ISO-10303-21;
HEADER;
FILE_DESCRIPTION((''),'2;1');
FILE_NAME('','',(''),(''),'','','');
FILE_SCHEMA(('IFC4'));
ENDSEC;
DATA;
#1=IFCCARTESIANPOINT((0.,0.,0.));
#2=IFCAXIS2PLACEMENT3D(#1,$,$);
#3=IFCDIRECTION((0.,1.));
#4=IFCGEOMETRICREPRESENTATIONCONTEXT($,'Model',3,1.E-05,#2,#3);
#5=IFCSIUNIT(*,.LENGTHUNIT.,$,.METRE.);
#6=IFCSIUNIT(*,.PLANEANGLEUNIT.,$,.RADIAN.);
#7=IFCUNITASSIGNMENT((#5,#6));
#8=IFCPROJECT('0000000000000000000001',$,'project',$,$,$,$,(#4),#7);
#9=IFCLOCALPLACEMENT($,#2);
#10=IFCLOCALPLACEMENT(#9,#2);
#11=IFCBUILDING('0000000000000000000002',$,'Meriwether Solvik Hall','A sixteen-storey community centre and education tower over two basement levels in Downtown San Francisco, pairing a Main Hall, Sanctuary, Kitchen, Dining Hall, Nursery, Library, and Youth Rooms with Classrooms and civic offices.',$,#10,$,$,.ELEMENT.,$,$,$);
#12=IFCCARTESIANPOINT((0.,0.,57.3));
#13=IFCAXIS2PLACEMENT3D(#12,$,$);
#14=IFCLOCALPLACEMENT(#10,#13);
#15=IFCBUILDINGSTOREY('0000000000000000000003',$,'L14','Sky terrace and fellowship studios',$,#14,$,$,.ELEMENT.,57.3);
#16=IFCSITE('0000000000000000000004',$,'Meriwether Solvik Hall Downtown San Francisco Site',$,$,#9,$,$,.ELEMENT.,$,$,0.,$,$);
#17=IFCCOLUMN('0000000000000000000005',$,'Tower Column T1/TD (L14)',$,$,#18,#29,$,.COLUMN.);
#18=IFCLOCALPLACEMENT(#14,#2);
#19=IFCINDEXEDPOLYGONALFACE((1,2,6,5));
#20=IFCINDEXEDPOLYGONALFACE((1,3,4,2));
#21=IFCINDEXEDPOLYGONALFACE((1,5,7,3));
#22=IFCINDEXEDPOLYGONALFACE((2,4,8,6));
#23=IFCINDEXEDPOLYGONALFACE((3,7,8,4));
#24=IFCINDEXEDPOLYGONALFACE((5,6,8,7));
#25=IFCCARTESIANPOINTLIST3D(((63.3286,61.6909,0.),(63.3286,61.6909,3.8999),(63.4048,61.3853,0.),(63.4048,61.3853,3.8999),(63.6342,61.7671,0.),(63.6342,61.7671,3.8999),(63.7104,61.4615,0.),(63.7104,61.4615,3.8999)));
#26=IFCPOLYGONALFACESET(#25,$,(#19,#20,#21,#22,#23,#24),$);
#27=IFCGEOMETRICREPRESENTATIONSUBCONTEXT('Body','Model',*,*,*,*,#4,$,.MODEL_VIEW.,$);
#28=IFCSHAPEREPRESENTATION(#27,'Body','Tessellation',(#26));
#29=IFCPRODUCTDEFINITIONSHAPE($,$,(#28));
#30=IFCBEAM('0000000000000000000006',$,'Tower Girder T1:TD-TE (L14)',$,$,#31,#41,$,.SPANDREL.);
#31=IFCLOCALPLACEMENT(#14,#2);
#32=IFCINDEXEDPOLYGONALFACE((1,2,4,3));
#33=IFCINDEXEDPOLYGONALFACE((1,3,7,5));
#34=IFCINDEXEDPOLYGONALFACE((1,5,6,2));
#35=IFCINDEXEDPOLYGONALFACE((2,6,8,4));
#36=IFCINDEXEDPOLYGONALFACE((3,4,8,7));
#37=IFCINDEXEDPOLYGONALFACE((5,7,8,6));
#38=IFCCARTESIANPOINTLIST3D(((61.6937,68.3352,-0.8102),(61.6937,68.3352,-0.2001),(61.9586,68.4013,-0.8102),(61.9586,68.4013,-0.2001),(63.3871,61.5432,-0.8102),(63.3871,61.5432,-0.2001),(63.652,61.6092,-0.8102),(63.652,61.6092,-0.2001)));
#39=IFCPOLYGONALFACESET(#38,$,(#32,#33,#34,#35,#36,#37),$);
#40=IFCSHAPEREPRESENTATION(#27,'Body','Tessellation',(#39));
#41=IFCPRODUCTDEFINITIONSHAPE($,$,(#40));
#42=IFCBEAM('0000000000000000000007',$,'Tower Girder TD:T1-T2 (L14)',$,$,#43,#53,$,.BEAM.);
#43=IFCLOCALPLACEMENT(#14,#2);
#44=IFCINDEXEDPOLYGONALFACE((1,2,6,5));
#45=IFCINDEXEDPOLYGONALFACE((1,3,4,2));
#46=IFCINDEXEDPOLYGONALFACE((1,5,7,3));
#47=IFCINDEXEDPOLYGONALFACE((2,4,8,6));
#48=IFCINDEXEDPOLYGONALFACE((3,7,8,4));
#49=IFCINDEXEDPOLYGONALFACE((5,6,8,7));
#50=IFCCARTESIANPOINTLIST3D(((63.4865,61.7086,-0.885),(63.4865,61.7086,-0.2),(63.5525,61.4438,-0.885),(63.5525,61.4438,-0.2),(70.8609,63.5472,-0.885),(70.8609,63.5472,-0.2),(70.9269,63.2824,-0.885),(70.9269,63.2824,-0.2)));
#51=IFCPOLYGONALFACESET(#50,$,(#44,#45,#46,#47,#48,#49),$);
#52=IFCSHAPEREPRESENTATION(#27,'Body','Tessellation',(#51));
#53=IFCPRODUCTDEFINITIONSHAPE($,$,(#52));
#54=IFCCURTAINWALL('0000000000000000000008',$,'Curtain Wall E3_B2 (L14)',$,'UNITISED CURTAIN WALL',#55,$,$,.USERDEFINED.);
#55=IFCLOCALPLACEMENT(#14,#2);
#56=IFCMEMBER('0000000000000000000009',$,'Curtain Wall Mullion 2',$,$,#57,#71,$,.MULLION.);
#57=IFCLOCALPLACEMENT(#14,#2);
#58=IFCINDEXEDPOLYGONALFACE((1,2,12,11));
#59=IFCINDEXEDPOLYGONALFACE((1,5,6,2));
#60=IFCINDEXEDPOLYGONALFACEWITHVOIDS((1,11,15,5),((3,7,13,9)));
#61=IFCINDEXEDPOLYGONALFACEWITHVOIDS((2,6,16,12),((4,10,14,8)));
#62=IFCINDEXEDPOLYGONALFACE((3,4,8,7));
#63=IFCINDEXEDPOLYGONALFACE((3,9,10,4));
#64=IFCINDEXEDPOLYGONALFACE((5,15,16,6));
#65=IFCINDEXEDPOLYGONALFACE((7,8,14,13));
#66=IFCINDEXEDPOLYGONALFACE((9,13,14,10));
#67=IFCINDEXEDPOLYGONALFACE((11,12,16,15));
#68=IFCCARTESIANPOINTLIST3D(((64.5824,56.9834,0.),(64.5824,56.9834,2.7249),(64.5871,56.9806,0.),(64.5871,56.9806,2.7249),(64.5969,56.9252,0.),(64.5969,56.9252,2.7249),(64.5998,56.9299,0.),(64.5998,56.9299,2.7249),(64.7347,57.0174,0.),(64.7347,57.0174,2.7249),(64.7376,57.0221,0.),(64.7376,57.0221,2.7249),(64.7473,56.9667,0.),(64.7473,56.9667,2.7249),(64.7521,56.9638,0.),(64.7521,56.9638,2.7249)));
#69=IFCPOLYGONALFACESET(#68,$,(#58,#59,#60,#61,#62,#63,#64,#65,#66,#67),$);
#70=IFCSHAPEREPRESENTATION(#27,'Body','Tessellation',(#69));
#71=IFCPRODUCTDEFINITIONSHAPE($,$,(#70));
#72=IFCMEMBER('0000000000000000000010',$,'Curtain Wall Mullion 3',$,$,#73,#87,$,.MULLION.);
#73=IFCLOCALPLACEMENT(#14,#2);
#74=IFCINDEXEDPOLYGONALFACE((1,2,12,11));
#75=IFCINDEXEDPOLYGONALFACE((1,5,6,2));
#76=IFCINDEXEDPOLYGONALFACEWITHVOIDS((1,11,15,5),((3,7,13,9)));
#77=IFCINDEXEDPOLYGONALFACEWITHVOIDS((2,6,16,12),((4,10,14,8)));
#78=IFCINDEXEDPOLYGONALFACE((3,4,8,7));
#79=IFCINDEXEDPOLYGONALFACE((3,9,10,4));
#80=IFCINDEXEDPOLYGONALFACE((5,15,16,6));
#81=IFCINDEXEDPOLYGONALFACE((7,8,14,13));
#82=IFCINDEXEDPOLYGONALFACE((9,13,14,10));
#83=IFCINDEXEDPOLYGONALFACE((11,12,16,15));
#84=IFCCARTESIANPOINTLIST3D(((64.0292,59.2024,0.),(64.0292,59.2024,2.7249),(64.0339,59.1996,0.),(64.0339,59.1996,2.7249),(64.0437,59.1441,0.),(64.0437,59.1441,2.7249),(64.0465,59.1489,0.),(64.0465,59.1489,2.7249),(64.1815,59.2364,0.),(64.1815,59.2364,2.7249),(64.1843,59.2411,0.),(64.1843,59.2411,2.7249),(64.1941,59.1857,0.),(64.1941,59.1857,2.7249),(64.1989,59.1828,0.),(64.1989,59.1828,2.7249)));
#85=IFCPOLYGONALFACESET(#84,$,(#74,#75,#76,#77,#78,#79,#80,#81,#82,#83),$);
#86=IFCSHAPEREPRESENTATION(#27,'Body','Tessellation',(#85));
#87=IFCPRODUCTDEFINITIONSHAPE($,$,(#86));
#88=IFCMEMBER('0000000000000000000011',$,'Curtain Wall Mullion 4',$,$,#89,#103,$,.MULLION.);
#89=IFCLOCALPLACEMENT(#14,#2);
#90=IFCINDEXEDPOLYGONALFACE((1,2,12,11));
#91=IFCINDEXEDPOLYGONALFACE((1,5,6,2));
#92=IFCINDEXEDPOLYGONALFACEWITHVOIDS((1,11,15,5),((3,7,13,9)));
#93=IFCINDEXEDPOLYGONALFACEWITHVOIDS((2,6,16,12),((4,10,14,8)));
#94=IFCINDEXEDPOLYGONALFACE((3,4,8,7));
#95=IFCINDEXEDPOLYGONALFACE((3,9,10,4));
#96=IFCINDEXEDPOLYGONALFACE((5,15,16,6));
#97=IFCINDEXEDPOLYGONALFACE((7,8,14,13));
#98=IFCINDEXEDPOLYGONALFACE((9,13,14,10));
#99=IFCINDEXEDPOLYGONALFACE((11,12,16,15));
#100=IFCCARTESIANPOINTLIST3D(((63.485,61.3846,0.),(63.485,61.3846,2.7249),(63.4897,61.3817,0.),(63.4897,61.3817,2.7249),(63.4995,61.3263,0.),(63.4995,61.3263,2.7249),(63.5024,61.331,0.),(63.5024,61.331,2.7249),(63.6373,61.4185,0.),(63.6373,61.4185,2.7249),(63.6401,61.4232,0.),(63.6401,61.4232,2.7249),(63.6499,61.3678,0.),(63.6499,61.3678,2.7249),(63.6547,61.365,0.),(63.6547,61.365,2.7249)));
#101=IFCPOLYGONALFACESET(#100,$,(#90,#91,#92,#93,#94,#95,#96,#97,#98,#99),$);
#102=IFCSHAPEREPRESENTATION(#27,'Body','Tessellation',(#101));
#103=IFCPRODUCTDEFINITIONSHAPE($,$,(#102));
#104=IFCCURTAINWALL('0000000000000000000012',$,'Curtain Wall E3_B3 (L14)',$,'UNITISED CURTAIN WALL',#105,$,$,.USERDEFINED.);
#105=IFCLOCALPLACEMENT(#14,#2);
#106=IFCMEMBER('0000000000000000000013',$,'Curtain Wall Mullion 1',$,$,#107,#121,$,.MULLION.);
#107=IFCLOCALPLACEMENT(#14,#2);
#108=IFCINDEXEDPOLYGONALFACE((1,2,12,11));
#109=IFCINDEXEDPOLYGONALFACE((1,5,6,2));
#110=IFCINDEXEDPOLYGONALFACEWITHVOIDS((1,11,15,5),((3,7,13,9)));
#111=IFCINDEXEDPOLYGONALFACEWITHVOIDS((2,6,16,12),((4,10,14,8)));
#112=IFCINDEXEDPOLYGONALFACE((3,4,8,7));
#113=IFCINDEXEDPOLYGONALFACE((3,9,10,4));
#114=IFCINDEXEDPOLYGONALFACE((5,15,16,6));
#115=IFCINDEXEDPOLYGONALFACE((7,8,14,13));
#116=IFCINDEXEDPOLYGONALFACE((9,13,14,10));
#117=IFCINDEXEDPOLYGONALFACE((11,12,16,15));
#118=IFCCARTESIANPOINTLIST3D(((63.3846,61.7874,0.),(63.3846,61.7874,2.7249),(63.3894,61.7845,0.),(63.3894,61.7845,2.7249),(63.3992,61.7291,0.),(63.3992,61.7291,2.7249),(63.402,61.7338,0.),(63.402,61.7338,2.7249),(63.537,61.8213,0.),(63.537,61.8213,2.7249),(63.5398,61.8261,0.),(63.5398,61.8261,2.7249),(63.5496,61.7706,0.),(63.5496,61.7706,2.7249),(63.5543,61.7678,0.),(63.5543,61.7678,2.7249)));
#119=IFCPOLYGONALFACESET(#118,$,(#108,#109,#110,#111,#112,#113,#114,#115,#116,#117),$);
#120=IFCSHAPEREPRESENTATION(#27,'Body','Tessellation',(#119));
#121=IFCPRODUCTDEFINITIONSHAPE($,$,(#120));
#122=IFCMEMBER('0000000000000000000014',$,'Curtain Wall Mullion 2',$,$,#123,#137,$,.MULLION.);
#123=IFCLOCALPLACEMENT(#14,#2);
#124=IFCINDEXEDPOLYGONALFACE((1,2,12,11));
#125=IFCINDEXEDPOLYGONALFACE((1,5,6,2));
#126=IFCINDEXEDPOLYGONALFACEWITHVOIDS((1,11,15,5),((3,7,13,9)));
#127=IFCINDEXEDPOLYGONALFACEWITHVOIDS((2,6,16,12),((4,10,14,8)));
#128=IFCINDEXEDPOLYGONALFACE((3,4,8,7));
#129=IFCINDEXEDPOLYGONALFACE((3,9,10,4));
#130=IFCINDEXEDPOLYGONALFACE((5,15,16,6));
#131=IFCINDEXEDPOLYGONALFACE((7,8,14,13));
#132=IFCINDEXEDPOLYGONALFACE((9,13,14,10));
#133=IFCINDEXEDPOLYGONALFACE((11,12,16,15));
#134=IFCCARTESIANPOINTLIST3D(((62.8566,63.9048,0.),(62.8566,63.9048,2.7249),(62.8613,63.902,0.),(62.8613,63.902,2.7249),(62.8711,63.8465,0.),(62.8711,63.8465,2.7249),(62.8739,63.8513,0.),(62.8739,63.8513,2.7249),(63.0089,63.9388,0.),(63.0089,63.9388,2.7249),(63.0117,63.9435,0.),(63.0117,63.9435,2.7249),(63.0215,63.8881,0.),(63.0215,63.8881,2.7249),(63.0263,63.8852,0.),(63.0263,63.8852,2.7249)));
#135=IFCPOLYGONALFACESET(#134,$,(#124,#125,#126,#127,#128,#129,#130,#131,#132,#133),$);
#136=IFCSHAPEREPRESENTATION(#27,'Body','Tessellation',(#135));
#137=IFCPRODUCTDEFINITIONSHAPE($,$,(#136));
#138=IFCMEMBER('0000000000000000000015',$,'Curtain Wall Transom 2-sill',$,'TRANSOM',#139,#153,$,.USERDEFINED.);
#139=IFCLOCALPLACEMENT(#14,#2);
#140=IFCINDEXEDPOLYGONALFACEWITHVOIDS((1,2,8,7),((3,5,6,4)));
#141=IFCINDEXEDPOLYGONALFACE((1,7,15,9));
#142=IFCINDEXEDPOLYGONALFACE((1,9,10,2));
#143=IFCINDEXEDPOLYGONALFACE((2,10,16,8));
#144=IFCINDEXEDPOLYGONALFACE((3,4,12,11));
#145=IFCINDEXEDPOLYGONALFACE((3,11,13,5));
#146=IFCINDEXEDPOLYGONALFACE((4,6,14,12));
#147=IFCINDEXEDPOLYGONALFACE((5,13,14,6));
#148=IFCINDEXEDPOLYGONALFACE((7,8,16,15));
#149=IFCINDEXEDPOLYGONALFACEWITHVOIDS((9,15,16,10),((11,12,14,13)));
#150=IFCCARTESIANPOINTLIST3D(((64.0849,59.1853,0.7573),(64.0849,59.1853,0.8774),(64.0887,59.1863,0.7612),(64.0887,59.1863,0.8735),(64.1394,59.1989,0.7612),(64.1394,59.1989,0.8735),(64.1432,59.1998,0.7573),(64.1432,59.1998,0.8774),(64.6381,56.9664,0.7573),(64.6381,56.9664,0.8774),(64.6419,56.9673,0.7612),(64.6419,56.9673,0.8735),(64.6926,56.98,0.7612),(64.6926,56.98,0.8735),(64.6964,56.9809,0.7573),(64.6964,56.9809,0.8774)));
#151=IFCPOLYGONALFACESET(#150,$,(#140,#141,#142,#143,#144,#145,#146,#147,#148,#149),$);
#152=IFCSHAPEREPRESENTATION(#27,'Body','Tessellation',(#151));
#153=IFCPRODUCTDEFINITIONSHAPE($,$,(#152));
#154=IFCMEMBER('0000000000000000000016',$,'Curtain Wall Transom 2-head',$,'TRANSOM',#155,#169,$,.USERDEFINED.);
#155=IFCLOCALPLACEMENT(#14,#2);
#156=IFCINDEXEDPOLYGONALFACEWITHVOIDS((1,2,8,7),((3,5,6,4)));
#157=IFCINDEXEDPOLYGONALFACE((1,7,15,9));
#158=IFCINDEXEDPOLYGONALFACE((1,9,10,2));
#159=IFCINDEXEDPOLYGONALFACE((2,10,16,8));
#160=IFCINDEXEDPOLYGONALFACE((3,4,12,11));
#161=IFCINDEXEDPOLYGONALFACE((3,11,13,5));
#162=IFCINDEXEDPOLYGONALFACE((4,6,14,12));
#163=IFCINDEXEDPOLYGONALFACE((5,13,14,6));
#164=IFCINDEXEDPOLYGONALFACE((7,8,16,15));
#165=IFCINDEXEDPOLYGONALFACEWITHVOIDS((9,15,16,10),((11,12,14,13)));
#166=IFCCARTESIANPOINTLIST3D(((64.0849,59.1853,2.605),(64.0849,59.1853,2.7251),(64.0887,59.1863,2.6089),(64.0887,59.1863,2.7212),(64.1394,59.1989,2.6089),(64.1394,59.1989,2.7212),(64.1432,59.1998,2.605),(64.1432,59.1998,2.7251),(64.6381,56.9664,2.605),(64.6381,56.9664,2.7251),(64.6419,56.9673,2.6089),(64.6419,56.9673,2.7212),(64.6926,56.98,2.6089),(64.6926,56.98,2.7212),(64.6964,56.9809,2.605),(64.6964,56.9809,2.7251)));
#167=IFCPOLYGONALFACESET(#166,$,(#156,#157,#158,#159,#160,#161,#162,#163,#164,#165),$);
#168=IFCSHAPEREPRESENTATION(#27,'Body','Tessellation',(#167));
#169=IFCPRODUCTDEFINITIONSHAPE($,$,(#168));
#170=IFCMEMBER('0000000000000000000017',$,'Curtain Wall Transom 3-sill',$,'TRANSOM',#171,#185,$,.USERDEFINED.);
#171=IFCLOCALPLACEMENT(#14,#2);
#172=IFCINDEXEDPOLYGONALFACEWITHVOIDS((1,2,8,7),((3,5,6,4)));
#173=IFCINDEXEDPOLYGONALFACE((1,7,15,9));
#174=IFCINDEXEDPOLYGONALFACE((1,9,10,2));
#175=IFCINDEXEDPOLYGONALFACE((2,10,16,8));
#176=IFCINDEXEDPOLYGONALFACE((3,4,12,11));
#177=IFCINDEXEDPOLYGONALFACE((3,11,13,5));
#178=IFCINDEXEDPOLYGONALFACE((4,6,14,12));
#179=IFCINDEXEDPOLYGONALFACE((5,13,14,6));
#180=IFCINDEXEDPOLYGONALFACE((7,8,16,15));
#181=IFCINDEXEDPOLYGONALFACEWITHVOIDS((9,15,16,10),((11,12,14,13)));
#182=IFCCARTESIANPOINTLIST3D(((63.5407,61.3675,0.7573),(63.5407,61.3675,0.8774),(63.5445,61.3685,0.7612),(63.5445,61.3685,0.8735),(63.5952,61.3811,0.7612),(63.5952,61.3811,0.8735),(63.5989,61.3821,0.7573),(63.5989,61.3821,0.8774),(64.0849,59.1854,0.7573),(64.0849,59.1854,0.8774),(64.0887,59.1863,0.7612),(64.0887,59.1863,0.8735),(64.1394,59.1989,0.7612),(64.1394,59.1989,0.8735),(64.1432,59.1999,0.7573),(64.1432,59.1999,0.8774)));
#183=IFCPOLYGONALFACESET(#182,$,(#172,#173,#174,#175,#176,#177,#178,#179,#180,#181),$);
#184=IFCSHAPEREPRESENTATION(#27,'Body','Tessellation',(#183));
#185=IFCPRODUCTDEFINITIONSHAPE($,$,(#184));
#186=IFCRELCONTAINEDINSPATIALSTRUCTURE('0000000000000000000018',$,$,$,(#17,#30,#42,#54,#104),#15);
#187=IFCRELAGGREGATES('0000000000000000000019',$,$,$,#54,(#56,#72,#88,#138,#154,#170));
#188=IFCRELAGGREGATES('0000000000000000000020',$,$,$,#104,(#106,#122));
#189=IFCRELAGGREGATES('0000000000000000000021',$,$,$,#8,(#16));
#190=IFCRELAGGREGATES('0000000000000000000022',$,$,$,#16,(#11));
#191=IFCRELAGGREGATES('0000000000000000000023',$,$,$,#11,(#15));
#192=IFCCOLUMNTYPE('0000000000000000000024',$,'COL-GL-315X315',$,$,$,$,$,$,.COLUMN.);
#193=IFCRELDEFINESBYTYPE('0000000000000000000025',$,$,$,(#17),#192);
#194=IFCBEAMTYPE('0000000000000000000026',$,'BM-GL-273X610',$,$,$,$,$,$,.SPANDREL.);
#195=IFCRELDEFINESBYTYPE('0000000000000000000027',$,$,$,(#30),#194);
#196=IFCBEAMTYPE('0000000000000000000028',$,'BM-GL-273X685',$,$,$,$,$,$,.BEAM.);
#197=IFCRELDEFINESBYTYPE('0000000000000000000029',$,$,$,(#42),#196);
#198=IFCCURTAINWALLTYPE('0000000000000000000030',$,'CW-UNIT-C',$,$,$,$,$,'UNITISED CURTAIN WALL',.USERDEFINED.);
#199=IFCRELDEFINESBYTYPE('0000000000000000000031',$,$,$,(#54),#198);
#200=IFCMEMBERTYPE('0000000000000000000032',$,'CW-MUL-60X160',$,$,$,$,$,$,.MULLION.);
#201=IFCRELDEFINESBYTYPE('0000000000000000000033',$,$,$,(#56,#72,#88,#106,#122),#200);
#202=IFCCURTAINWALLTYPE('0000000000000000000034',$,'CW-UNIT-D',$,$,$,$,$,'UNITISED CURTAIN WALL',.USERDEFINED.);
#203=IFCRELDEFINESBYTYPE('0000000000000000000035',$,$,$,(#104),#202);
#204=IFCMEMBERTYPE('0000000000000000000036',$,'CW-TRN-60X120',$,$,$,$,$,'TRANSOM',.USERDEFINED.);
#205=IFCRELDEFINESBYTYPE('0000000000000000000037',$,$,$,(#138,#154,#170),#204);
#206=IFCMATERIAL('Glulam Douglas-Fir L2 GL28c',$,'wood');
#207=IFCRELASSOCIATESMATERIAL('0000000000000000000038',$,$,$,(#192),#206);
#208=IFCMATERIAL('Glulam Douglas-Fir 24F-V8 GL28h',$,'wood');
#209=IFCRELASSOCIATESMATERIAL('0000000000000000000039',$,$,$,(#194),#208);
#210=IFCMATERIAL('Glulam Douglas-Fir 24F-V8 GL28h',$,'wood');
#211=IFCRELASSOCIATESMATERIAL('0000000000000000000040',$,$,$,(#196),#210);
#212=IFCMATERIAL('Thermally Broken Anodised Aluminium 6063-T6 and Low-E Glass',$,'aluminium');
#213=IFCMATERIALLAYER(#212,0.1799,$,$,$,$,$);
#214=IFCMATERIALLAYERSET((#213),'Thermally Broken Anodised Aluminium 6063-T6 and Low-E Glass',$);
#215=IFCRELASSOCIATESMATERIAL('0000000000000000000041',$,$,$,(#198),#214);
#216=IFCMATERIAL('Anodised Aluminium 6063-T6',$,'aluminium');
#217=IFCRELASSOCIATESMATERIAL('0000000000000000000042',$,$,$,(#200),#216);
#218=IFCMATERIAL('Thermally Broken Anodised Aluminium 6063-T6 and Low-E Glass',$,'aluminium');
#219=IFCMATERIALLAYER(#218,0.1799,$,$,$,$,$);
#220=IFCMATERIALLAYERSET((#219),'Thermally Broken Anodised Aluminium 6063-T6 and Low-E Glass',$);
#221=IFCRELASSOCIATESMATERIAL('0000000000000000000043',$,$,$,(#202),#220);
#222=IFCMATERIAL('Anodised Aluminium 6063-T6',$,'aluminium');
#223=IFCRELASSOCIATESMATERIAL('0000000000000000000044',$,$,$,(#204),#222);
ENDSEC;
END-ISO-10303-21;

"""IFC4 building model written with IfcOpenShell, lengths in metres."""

from ifc_helpers import new_model, si_unit, direction, frame, origin, origin_2d, place, context, subcontext, project, spatial, rectangle, hollow_rectangle, extrude, material, layer, layer_set, material_profile, profile_set, type_object, element, aggregate, save


model = new_model("IFC4")

# Units and contexts
model_context = context("Model", 3, precision=1e-05, world=origin(), true_north=direction((0.0, 1.0)))
body_context = subcontext(model_context, "Body", "Model", "MODEL_VIEW")
ifc_project = project(units=[si_unit("LENGTHUNIT", "METRE"), si_unit("PLANEANGLEUNIT", "RADIAN")], contexts=[model_context])

# Site, building, storey
site_placement = place(None, origin())
site = spatial("IfcSite", under=ifc_project, at=site_placement, Name="Meriwether Solvik Hall Downtown San Francisco Site", CompositionType="ELEMENT", RefElevation=0.0)
building_placement = place(site_placement, origin())
building = spatial("IfcBuilding", under=site, at=building_placement, Name="Meriwether Solvik Hall", Description="A sixteen-storey community centre and education tower over two basement levels in Downtown San Francisco, pairing a Main Hall, Sanctuary, Kitchen, Dining Hall, Nursery, Library, and Youth Rooms with Classrooms and civic offices.", CompositionType="ELEMENT")
storey_placement = place(building_placement, frame((0.0, 0.0, 57.3)))
storey = spatial("IfcBuildingStorey", under=building, at=storey_placement, Name="L14", Description="Sky terrace and fellowship studios", CompositionType="ELEMENT", Elevation=57.3)

# Column
ifc_material_1 = material(Name="Glulam Douglas-Fir L2 GL28c", Category="wood")
ifc_material_profile_1 = material_profile(ifc_material_1, rectangle(XDim=0.3149, YDim=0.3149, at=origin_2d()), Name="GLC-315X315")
ifc_profile_set_1 = profile_set([ifc_material_profile_1], Name="Glulam Douglas-Fir L2 GL28c")
column_type = type_object("IfcColumnType", Name="COL-GL-315X315", PredefinedType="COLUMN", material=ifc_profile_set_1)
column_placement = place(storey_placement, frame((63.5195, 61.5762, 0.0), z_axis=(0.0, 0.0, 1.0), x_axis=(0.970296, 0.241922, 0.0)))
element("IfcColumn", 1, at=column_placement, inside=storey, type_object=column_type, Name="Tower Column T1/TD (L14)", PredefinedType="COLUMN", context=body_context, shape_type="SweptSolid", body=[
    extrude(rectangle(XDim=0.3149, YDim=0.3149, at=origin_2d()), origin(), (0.0, 0.0, 1.0), 3.8999),
])

# Beams
ifc_material_2 = material(Name="Glulam Douglas-Fir 24F-V8 GL28h", Category="wood")
ifc_material_profile_2 = material_profile(ifc_material_2, rectangle(XDim=0.2729, YDim=0.6101, at=origin_2d()), Name="GLB-273X610")
ifc_profile_set_2 = profile_set([ifc_material_profile_2], Name="Glulam Douglas-Fir 24F-V8 GL28h")
beam_type_1 = type_object("IfcBeamType", Name="BM-GL-273X610", PredefinedType="SPANDREL", material=ifc_profile_set_2)
beam_1_placement = place(storey_placement, frame((63.5195, 61.5762, -0.5051), z_axis=(-0.241912, 0.970298, 0.0), x_axis=(-0.970298, -0.241912, 0.0)))
element("IfcBeam", 2, at=beam_1_placement, inside=storey, type_object=beam_type_1, Name="Tower Girder T1:TD-TE (L14)", PredefinedType="SPANDREL", context=body_context, shape_type="SweptSolid", body=[
    extrude(rectangle(XDim=0.2729, YDim=0.6101, at=origin_2d()), origin(), (0.0, 0.0, 1.0), 7.0),
])
ifc_material_3 = material(Name="Glulam Douglas-Fir 24F-V8 GL28h", Category="wood")
ifc_material_profile_3 = material_profile(ifc_material_3, rectangle(XDim=0.2729, YDim=0.6851, at=origin_2d()), Name="GLB-273X685")
ifc_profile_set_3 = profile_set([ifc_material_profile_3], Name="Glulam Douglas-Fir 24F-V8 GL28h")
beam_type_2 = type_object("IfcBeamType", Name="BM-GL-273X685", PredefinedType="BEAM", material=ifc_profile_set_3)
beam_2_placement = place(storey_placement, frame((63.5195, 61.5762, -0.5425), z_axis=(0.970295, 0.241923, 0.0), x_axis=(-0.241923, 0.970295, 0.0)))
element("IfcBeam", 3, at=beam_2_placement, inside=storey, type_object=beam_type_2, Name="Tower Girder TD:T1-T2 (L14)", PredefinedType="BEAM", context=body_context, shape_type="SweptSolid", body=[
    extrude(rectangle(XDim=0.2729, YDim=0.6851, at=origin_2d()), origin(), (0.0, 0.0, 1.0), 7.6001),
])

# Curtain walls, members
ifc_material_4 = material(Name="Thermally Broken Anodised Aluminium 6063-T6 and Low-E Glass", Category="aluminium")
ifc_layer_1 = layer(ifc_material_4, 0.1799)
ifc_layer_set_1 = layer_set([ifc_layer_1], Name="Thermally Broken Anodised Aluminium 6063-T6 and Low-E Glass")
curtain_wall_type_1 = type_object("IfcCurtainWallType", Name="CW-UNIT-C", ElementType="UNITISED CURTAIN WALL", PredefinedType="USERDEFINED", material=ifc_layer_set_1)
curtain_wall_1_placement = place(storey_placement, origin())
curtain_wall_1 = element("IfcCurtainWall", 4, at=curtain_wall_1_placement, inside=storey, type_object=curtain_wall_type_1, Name="Curtain Wall E3_B2 (L14)", ObjectType="UNITISED CURTAIN WALL", PredefinedType="USERDEFINED")
ifc_material_5 = material(Name="Anodised Aluminium 6063-T6", Category="aluminium")
ifc_material_profile_4 = material_profile(ifc_material_5, hollow_rectangle(XDim=0.0601, YDim=0.1599, WallThickness=0.0039, at=origin_2d()), Name="CWM-60X160")
ifc_profile_set_4 = profile_set([ifc_material_profile_4], Name="Anodised Aluminium 6063-T6")
member_type_1 = type_object("IfcMemberType", Name="CW-MUL-60X160", PredefinedType="MULLION", material=ifc_profile_set_4)
member_1_placement = place(storey_placement, frame((64.6672, 56.9736, 0.0), z_axis=(0.0, 0.0, 1.0), x_axis=(-0.241922, 0.970296, 0.0)))
member_1 = element("IfcMember", 5, at=member_1_placement, type_object=member_type_1, Name="Curtain Wall Mullion 2", PredefinedType="MULLION", context=body_context, shape_type="SweptSolid", body=[
    extrude(hollow_rectangle(XDim=0.0601, YDim=0.1599, WallThickness=0.0039, at=origin_2d()), origin(), (0.0, 0.0, 1.0), 2.7249),
])
member_2_placement = place(storey_placement, frame((64.114, 59.1926, 0.0), z_axis=(0.0, 0.0, 1.0), x_axis=(-0.241922, 0.970296, 0.0)))
member_2 = element("IfcMember", 6, at=member_2_placement, type_object=member_type_1, Name="Curtain Wall Mullion 3", PredefinedType="MULLION", context=body_context, shape_type="SweptSolid", body=[
    extrude(hollow_rectangle(XDim=0.0601, YDim=0.1599, WallThickness=0.0039, at=origin_2d()), origin(), (0.0, 0.0, 1.0), 2.7249),
])
member_3_placement = place(storey_placement, frame((63.5698, 61.3748, 0.0), z_axis=(0.0, 0.0, 1.0), x_axis=(-0.241922, 0.970296, 0.0)))
member_3 = element("IfcMember", 7, at=member_3_placement, type_object=member_type_1, Name="Curtain Wall Mullion 4", PredefinedType="MULLION", context=body_context, shape_type="SweptSolid", body=[
    extrude(hollow_rectangle(XDim=0.0601, YDim=0.1599, WallThickness=0.0039, at=origin_2d()), origin(), (0.0, 0.0, 1.0), 2.7249),
])
ifc_material_6 = material(Name="Thermally Broken Anodised Aluminium 6063-T6 and Low-E Glass", Category="aluminium")
ifc_layer_2 = layer(ifc_material_6, 0.1799)
ifc_layer_set_2 = layer_set([ifc_layer_2], Name="Thermally Broken Anodised Aluminium 6063-T6 and Low-E Glass")
curtain_wall_type_2 = type_object("IfcCurtainWallType", Name="CW-UNIT-D", ElementType="UNITISED CURTAIN WALL", PredefinedType="USERDEFINED", material=ifc_layer_set_2)
curtain_wall_2_placement = place(storey_placement, origin())
curtain_wall_2 = element("IfcCurtainWall", 8, at=curtain_wall_2_placement, inside=storey, type_object=curtain_wall_type_2, Name="Curtain Wall E3_B3 (L14)", ObjectType="UNITISED CURTAIN WALL", PredefinedType="USERDEFINED")
member_4_placement = place(storey_placement, frame((63.4695, 61.7776, 0.0), z_axis=(0.0, 0.0, 1.0), x_axis=(-0.241922, 0.970296, 0.0)))
member_4 = element("IfcMember", 9, at=member_4_placement, type_object=member_type_1, Name="Curtain Wall Mullion 1", PredefinedType="MULLION", context=body_context, shape_type="SweptSolid", body=[
    extrude(hollow_rectangle(XDim=0.0601, YDim=0.1599, WallThickness=0.0039, at=origin_2d()), origin(), (0.0, 0.0, 1.0), 2.7249),
])
member_5_placement = place(storey_placement, frame((62.9414, 63.895, 0.0), z_axis=(0.0, 0.0, 1.0), x_axis=(-0.241922, 0.970296, 0.0)))
member_5 = element("IfcMember", 10, at=member_5_placement, type_object=member_type_1, Name="Curtain Wall Mullion 2", PredefinedType="MULLION", context=body_context, shape_type="SweptSolid", body=[
    extrude(hollow_rectangle(XDim=0.0601, YDim=0.1599, WallThickness=0.0039, at=origin_2d()), origin(), (0.0, 0.0, 1.0), 2.7249),
])

# Members
ifc_material_7 = material(Name="Anodised Aluminium 6063-T6", Category="aluminium")
ifc_material_profile_5 = material_profile(ifc_material_7, hollow_rectangle(XDim=0.0601, YDim=0.1201, WallThickness=0.0039, at=origin_2d()), Name="CWT-60X120")
ifc_profile_set_5 = profile_set([ifc_material_profile_5], Name="Anodised Aluminium 6063-T6")
member_type_2 = type_object("IfcMemberType", Name="CW-TRN-60X120", ElementType="TRANSOM", PredefinedType="USERDEFINED", material=ifc_profile_set_5)
member_6_placement = place(storey_placement, frame((64.6672, 56.9736, 0.8174), z_axis=(-0.241908, 0.970299, 0.0), x_axis=(-0.970299, -0.241908, 0.0)))
member_6 = element("IfcMember", 11, at=member_6_placement, type_object=member_type_2, Name="Curtain Wall Transom 2-sill", ObjectType="TRANSOM", PredefinedType="USERDEFINED", context=body_context, shape_type="SweptSolid", body=[
    extrude(hollow_rectangle(XDim=0.0601, YDim=0.1201, WallThickness=0.0039, at=origin_2d()), origin(), (0.0, 0.0, 1.0), 2.2869),
])
member_7_placement = place(storey_placement, frame((64.6672, 56.9736, 2.665), z_axis=(-0.241908, 0.970299, 0.0), x_axis=(-0.970299, -0.241908, 0.0)))
member_7 = element("IfcMember", 12, at=member_7_placement, type_object=member_type_2, Name="Curtain Wall Transom 2-head", ObjectType="TRANSOM", PredefinedType="USERDEFINED", context=body_context, shape_type="SweptSolid", body=[
    extrude(hollow_rectangle(XDim=0.0601, YDim=0.1201, WallThickness=0.0039, at=origin_2d()), origin(), (0.0, 0.0, 1.0), 2.2869),
])
member_8_placement = place(storey_placement, frame((64.114, 59.1926, 0.8174), z_axis=(-0.241974, 0.970283, 0.0), x_axis=(-0.970283, -0.241974, 0.0)))
member_8 = element("IfcMember", 13, at=member_8_placement, type_object=member_type_2, Name="Curtain Wall Transom 3-sill", ObjectType="TRANSOM", PredefinedType="USERDEFINED", context=body_context, shape_type="SweptSolid", body=[
    extrude(hollow_rectangle(XDim=0.0601, YDim=0.1201, WallThickness=0.0039, at=origin_2d()), origin(), (0.0, 0.0, 1.0), 2.249),
])

aggregate(curtain_wall_1, [member_1, member_2, member_3, member_6, member_7, member_8])
aggregate(curtain_wall_2, [member_4, member_5])

save(model, "model.ifc")
